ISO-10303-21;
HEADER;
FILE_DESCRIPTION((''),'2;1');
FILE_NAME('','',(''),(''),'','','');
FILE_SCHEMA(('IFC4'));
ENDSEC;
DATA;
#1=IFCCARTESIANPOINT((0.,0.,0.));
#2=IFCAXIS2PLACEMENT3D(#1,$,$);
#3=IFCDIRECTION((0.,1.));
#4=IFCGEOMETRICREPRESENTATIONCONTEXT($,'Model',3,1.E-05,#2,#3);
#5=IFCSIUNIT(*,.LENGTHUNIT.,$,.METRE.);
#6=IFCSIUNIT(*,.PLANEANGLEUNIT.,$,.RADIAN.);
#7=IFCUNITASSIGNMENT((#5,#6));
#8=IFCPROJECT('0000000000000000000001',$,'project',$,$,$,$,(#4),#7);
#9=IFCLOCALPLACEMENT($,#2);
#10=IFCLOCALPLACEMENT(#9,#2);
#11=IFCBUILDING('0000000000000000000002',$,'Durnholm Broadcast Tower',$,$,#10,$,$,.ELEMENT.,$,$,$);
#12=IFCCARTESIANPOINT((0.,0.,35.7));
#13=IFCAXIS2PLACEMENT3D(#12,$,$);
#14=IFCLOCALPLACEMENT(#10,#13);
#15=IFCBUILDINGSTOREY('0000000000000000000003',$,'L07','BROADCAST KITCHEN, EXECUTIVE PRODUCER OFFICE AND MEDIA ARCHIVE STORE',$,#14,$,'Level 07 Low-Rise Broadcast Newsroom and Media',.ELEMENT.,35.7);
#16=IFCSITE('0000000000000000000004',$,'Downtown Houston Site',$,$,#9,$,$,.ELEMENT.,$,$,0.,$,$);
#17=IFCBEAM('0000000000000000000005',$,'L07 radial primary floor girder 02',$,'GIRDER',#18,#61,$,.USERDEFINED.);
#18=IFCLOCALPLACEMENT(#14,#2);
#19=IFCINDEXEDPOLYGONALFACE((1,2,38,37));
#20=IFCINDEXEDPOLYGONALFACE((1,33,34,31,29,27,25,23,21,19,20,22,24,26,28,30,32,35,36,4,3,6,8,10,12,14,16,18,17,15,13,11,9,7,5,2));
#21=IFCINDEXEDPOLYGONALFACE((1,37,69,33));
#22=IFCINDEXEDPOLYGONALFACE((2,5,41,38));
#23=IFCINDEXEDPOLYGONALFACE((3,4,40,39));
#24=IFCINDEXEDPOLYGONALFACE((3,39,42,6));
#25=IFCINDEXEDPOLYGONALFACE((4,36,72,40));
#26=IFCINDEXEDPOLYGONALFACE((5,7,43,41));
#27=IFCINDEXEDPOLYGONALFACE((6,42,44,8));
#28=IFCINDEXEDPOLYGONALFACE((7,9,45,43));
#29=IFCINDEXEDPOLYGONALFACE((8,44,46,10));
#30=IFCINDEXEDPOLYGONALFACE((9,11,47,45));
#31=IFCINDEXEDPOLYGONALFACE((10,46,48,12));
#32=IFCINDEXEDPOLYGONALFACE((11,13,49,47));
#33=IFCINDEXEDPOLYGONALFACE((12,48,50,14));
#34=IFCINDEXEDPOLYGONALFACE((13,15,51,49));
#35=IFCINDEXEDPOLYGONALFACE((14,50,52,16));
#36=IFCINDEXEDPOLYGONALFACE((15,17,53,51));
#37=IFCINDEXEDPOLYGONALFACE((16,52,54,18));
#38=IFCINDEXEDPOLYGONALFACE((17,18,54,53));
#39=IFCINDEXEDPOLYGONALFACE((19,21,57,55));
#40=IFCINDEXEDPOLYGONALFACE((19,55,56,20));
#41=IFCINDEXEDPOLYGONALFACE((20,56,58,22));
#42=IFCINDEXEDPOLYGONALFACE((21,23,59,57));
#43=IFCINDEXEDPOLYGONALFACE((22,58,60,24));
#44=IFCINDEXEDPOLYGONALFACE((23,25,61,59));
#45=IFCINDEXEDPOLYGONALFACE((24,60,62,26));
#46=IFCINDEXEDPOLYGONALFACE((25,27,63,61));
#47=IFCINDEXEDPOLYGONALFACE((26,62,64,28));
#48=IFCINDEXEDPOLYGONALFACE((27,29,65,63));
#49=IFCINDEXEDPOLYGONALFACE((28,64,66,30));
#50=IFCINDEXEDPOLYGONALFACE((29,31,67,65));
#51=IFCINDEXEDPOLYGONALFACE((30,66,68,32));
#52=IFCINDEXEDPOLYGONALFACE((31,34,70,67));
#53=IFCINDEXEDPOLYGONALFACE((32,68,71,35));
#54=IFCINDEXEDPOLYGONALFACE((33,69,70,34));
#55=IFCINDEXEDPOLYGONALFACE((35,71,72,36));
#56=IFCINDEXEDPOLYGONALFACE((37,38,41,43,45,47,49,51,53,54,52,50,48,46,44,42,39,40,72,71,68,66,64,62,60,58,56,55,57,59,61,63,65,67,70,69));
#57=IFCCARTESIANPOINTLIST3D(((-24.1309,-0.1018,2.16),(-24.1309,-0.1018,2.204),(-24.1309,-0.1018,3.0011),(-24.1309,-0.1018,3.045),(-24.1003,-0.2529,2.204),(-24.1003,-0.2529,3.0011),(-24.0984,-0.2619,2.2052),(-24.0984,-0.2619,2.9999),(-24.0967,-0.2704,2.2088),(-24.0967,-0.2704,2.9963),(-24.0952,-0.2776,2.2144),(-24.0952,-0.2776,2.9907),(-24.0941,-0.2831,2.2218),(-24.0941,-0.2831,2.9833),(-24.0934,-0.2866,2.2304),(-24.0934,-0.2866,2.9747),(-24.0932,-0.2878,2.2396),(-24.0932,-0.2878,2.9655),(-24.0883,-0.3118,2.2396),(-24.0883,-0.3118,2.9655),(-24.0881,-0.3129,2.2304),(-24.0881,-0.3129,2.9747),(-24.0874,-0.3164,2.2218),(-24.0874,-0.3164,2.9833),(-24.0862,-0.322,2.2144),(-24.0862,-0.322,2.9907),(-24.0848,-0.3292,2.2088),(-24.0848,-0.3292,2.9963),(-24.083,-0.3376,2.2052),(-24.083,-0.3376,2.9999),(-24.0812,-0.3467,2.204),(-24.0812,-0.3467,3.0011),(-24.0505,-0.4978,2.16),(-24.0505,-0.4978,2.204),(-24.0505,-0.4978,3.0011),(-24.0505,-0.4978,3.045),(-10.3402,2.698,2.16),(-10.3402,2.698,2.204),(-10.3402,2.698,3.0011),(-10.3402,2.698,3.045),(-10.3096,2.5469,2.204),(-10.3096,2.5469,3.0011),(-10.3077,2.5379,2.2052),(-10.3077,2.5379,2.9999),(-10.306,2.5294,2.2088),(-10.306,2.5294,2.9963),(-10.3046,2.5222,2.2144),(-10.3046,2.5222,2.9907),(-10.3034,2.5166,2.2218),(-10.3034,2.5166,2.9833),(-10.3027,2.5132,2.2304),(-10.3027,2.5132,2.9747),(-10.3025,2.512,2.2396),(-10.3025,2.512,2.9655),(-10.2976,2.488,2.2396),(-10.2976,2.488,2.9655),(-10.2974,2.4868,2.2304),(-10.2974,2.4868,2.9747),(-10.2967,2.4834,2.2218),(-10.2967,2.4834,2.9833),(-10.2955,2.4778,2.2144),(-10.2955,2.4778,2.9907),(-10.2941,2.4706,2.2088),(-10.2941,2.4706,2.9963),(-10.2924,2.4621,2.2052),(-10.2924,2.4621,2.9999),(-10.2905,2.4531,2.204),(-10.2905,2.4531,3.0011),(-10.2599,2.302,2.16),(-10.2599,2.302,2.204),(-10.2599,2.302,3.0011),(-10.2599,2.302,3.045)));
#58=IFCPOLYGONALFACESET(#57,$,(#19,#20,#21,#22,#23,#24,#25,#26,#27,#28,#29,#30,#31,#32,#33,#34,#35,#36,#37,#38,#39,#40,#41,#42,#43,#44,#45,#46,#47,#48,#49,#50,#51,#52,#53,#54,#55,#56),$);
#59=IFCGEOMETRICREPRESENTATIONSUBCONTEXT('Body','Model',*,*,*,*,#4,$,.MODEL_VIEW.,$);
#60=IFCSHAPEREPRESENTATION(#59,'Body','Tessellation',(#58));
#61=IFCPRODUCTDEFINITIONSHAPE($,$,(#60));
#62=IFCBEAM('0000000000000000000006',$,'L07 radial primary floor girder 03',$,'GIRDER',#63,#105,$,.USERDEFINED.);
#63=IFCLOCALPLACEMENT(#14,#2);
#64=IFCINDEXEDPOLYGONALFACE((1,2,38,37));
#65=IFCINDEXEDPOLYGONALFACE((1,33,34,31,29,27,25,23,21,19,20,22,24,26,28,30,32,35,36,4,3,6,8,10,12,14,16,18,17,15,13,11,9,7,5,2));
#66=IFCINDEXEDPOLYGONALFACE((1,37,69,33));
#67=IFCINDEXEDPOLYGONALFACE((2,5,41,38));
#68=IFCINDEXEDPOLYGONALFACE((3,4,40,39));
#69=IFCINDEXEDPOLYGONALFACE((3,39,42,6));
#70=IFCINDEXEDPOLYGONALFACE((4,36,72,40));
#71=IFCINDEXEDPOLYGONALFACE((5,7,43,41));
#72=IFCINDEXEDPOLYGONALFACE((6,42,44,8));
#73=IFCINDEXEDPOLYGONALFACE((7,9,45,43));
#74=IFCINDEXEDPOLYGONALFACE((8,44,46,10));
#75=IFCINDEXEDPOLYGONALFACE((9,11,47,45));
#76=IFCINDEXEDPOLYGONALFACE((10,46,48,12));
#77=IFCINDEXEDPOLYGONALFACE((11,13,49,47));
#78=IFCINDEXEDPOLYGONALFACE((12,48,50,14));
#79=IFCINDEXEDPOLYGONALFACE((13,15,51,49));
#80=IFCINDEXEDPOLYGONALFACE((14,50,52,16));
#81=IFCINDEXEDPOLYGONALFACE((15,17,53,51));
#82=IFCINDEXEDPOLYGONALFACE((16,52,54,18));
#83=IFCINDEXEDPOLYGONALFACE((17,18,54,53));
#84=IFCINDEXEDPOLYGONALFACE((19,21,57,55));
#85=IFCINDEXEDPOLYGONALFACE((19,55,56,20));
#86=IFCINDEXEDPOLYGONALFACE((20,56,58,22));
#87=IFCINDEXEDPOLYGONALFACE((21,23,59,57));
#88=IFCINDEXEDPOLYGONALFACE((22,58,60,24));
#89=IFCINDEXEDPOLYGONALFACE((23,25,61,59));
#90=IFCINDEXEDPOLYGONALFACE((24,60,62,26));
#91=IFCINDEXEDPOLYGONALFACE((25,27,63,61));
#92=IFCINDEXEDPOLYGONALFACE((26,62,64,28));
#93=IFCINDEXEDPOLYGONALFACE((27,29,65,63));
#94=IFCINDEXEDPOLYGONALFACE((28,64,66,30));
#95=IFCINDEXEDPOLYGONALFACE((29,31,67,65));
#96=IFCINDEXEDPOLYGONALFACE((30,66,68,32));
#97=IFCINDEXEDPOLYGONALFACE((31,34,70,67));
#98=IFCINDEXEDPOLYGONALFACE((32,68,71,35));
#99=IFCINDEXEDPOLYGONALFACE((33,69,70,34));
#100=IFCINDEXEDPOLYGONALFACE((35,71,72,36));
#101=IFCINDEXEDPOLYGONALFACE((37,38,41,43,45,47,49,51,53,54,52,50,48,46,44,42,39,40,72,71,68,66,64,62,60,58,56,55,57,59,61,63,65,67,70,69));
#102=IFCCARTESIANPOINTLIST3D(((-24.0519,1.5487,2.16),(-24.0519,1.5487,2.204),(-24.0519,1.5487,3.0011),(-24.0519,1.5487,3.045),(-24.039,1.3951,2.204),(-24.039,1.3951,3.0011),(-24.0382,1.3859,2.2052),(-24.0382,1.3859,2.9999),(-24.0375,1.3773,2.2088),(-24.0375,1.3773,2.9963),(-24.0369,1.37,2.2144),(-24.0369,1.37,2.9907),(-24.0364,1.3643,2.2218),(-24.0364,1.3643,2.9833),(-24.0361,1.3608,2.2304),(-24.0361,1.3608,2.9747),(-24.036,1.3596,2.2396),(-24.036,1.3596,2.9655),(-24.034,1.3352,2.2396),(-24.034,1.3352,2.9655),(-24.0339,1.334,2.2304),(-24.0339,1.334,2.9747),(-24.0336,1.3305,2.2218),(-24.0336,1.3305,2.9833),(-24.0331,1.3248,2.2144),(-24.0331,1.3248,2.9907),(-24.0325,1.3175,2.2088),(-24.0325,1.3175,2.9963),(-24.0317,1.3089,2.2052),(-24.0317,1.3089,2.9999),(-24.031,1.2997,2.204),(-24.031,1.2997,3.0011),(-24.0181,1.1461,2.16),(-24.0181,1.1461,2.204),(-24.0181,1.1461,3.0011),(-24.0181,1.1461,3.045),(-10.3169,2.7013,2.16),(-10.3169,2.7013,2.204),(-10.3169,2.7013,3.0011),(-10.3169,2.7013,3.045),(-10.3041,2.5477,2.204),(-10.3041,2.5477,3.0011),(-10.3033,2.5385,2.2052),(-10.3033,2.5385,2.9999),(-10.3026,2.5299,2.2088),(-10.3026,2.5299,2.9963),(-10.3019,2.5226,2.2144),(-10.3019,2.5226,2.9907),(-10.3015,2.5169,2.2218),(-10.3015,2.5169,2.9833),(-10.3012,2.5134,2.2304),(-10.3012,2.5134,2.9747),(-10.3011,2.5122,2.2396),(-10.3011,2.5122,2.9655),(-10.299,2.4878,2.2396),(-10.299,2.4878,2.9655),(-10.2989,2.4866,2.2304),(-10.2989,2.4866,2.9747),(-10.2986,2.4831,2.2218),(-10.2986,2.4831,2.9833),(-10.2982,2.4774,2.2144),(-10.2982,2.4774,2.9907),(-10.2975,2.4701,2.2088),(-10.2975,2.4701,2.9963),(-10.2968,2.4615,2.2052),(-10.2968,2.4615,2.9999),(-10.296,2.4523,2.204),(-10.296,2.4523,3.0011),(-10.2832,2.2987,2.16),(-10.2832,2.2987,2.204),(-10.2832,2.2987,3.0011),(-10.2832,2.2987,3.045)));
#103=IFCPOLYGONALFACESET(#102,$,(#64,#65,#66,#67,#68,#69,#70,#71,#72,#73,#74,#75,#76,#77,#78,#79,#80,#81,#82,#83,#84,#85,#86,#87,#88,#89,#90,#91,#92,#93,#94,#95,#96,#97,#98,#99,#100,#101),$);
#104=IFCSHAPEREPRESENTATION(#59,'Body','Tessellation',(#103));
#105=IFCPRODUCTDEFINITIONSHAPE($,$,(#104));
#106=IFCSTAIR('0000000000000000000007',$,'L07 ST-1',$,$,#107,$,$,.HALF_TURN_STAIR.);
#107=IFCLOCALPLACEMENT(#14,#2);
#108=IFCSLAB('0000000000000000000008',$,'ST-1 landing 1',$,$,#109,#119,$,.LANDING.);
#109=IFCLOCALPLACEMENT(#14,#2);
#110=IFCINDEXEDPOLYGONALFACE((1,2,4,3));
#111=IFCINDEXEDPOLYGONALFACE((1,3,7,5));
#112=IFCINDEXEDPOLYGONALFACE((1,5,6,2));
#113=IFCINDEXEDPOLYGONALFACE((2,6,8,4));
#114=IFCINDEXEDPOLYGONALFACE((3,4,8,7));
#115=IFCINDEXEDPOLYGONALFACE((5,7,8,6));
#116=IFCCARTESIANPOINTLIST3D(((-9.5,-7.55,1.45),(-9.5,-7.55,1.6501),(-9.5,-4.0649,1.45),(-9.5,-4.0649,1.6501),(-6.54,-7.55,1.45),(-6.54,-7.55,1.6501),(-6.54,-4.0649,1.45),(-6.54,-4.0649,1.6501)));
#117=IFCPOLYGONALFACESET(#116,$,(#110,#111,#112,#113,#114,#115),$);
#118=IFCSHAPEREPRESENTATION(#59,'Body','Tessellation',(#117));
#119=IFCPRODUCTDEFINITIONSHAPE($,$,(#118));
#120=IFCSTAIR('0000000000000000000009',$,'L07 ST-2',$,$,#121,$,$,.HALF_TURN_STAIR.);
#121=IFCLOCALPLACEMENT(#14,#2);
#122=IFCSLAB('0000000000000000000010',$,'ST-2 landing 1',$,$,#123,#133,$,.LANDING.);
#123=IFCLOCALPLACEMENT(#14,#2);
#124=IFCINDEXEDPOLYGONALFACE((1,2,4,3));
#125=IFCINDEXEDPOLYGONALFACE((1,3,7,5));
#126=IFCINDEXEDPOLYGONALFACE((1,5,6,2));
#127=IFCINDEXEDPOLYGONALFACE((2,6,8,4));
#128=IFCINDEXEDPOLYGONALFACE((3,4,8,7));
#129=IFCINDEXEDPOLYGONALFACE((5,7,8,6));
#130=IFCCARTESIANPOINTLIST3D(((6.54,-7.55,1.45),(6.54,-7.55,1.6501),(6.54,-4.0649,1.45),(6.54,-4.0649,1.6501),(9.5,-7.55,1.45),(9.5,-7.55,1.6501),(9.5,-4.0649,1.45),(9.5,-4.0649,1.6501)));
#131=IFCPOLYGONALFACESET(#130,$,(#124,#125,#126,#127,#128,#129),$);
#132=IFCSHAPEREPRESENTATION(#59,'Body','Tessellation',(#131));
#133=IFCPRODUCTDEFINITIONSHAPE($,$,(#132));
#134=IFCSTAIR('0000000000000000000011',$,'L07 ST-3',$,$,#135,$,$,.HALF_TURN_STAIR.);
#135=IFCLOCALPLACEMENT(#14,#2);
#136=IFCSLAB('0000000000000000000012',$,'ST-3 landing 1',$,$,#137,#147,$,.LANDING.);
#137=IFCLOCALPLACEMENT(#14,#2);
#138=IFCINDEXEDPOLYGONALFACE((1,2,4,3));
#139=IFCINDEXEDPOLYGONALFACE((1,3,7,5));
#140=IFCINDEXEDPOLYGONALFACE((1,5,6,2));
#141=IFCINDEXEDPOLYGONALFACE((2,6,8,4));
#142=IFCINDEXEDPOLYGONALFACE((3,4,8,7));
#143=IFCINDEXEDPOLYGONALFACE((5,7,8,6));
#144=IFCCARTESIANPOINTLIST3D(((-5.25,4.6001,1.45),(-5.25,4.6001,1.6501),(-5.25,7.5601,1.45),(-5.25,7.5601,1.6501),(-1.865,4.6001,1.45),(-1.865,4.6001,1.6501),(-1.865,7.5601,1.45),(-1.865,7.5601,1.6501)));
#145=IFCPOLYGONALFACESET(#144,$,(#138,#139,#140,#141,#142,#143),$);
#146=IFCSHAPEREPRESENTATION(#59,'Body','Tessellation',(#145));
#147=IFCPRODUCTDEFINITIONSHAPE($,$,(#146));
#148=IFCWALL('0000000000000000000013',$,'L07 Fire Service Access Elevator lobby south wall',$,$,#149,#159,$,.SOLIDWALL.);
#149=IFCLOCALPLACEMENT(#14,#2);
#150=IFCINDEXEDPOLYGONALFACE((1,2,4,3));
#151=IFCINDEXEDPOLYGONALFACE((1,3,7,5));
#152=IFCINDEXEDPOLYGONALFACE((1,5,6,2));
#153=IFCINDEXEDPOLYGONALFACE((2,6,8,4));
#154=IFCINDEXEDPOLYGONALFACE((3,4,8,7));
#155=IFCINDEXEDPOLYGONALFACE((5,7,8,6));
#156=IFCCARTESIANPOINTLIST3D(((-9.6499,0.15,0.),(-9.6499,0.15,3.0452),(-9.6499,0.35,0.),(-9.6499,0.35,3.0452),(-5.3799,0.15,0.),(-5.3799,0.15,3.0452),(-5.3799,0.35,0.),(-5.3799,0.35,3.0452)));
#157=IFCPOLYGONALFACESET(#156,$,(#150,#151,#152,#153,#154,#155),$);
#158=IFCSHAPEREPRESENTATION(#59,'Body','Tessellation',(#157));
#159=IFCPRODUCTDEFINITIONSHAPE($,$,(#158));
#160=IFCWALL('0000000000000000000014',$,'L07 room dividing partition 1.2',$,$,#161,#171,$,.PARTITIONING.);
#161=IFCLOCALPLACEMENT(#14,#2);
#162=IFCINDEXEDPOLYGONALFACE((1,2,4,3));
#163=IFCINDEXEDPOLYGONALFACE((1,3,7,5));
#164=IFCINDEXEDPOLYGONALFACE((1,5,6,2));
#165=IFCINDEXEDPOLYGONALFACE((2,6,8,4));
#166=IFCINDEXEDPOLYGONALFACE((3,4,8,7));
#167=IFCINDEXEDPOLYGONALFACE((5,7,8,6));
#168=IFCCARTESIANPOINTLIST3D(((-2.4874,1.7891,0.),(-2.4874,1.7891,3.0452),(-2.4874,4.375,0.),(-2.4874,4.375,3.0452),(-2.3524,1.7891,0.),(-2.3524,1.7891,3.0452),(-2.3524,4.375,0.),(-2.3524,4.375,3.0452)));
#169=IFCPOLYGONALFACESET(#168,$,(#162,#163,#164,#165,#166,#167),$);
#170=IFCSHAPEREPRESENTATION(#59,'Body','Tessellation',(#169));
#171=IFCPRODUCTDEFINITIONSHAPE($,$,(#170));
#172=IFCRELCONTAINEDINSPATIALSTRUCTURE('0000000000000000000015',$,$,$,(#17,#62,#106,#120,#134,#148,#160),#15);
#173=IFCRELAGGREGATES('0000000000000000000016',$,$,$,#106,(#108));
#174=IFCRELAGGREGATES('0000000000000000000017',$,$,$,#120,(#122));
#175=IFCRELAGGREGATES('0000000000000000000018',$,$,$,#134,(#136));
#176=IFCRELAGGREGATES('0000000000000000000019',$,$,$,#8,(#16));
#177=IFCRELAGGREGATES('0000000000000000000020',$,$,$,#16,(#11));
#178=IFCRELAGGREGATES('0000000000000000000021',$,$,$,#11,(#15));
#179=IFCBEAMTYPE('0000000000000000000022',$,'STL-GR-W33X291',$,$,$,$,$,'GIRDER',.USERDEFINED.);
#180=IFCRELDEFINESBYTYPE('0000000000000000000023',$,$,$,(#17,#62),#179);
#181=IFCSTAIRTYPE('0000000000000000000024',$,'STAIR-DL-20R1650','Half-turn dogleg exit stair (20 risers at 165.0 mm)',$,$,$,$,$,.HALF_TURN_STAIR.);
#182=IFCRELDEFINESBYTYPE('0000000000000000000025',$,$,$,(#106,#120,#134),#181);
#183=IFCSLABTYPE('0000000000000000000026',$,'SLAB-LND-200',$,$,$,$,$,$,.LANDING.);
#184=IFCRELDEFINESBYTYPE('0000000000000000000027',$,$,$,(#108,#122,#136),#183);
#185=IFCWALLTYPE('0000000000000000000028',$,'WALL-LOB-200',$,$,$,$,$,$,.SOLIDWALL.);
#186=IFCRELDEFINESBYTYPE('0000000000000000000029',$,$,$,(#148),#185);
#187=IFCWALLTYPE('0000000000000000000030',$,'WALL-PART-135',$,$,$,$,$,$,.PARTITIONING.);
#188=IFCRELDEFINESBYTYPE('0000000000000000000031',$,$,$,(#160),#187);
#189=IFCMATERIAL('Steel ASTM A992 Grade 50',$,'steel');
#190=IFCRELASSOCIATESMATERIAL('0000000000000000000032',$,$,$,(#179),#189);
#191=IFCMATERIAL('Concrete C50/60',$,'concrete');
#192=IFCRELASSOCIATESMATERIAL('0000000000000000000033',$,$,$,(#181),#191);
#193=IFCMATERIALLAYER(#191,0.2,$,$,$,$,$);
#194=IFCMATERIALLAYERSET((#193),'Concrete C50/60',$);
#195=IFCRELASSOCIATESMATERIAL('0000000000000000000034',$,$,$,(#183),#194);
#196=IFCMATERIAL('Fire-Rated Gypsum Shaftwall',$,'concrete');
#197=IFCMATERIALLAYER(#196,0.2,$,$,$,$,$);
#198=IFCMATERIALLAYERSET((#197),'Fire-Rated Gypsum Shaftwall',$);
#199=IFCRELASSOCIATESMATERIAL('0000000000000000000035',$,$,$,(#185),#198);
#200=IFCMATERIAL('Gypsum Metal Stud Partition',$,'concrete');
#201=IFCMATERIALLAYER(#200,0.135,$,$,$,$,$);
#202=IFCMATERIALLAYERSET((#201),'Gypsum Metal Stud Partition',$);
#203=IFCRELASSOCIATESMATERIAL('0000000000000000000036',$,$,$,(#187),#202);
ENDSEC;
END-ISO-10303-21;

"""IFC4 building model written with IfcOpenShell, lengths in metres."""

from ifc_helpers import new_model, si_unit, direction, frame, frame_2d, origin, origin_2d, place, context, subcontext, project, spatial, polyline, rectangle, i_section, outline, extrude, source, transform, mapped, material, layer, layer_set, material_profile, profile_set, type_object, type_shapes, element, aggregate, save


model = new_model("IFC4")

# Units and contexts
model_context = context("Model", 3, precision=1e-05, world=origin(), true_north=direction((0.0, 1.0)))
body_context = subcontext(model_context, "Body", "Model", "MODEL_VIEW")
ifc_project = project(units=[si_unit("LENGTHUNIT", "METRE"), si_unit("PLANEANGLEUNIT", "RADIAN")], contexts=[model_context])

# Site, building, storey
site_placement = place(None, origin())
site = spatial("IfcSite", under=ifc_project, at=site_placement, Name="Downtown Houston Site", CompositionType="ELEMENT", RefElevation=0.0)
building_placement = place(site_placement, origin())
building = spatial("IfcBuilding", under=site, at=building_placement, Name="Durnholm Broadcast Tower", CompositionType="ELEMENT")
storey_placement = place(building_placement, frame((0.0, 0.0, 35.7)))
storey = spatial("IfcBuildingStorey", under=building, at=storey_placement, Name="L07", Description="BROADCAST KITCHEN, EXECUTIVE PRODUCER OFFICE AND MEDIA ARCHIVE STORE", LongName="Level 07 Low-Rise Broadcast Newsroom and Media", CompositionType="ELEMENT", Elevation=35.7)

# Beams
ifc_material_1 = material(Name="Steel ASTM A992 Grade 50", Category="steel")
ifc_material_profile = material_profile(ifc_material_1, i_section(OverallWidth=0.4041, OverallDepth=0.885, WebThickness=0.0244, FlangeThickness=0.0439, FilletRadius=0.0356, at=origin_2d()), Name="W33X291")
ifc_profile_set = profile_set([ifc_material_profile], Name="Steel ASTM A992 Grade 50")
beam_type = type_object("IfcBeamType", Name="STL-GR-W33X291", ElementType="GIRDER", PredefinedType="USERDEFINED", material=ifc_profile_set)
shared_shape_1 = source(origin(), body_context, "Body", "SweptSolid", [
    extrude(i_section(OverallWidth=0.4041, OverallDepth=0.885, WebThickness=0.0244, FlangeThickness=0.0439, FilletRadius=0.0356, at=origin_2d()), origin(), (0.0, 0.0, 1.0), 14.072),
])
beam_1_placement = place(storey_placement, frame((-10.3, 2.5, 2.6025), z_axis=(-0.980007, -0.198961, 0.0), x_axis=(0.198961, -0.980007, 0.0)))
element("IfcBeam", 1, at=beam_1_placement, inside=storey, type_object=beam_type, Name="L07 radial primary floor girder 02", ObjectType="GIRDER", PredefinedType="USERDEFINED", context=body_context, shape_type="MappedRepresentation", body=[
    mapped(shared_shape_1, transform((0.0, 0.0, 0.0), x_axis=(1.0, 0.0, 0.0), y_axis=(0.0, 1.0, 0.0), z_axis=(0.0, 0.0, 1.0), scale=1.0)),
])
shared_shape_2 = source(origin(), body_context, "Body", "SweptSolid", [
    extrude(i_section(OverallWidth=0.4041, OverallDepth=0.885, WebThickness=0.0244, FlangeThickness=0.0439, FilletRadius=0.0356, at=origin_2d()), origin(), (0.0, 0.0, 1.0), 13.7832),
])
type_shapes(beam_type, [shared_shape_1, shared_shape_2])
beam_2_placement = place(storey_placement, frame((-10.3, 2.5, 2.6025), z_axis=(-0.996497, -0.083623, 0.0), x_axis=(0.083623, -0.996497, 0.0)))
element("IfcBeam", 2, at=beam_2_placement, inside=storey, type_object=beam_type, Name="L07 radial primary floor girder 03", ObjectType="GIRDER", PredefinedType="USERDEFINED", context=body_context, shape_type="MappedRepresentation", body=[
    mapped(shared_shape_2, transform((0.0, 0.0, 0.0), x_axis=(1.0, 0.0, 0.0), y_axis=(0.0, 1.0, 0.0), z_axis=(0.0, 0.0, 1.0), scale=1.0)),
])

# Stairs, slabs
ifc_material_2 = material(Name="Concrete C50/60", Category="concrete")
stair_type = type_object("IfcStairType", Name="STAIR-DL-20R1650", Description="Half-turn dogleg exit stair (20 risers at 165.0 mm)", PredefinedType="HALF_TURN_STAIR", material=ifc_material_2)
stair_1_placement = place(storey_placement, origin())
stair_1 = element("IfcStair", 3, at=stair_1_placement, inside=storey, type_object=stair_type, Name="L07 ST-1", PredefinedType="HALF_TURN_STAIR")
ifc_layer_1 = layer(ifc_material_2, 0.2)
ifc_layer_set_1 = layer_set([ifc_layer_1], Name="Concrete C50/60")
slab_type = type_object("IfcSlabType", Name="SLAB-LND-200", PredefinedType="LANDING", material=ifc_layer_set_1)
slab_1_placement = place(storey_placement, frame((0.0, 0.0, 1.45)))
slab_1 = element("IfcSlab", 4, at=slab_1_placement, type_object=slab_type, Name="ST-1 landing 1", PredefinedType="LANDING", context=body_context, shape_type="SweptSolid", body=[
    extrude(outline(polyline([(-9.5, -4.0649), (-9.5, -7.55), (-6.54, -7.55), (-6.54, -4.0649), (-9.5, -4.0649)])), origin(), (0.0, 0.0, 1.0), 0.2002),
])
aggregate(stair_1, [slab_1])
stair_2_placement = place(storey_placement, origin())
stair_2 = element("IfcStair", 5, at=stair_2_placement, inside=storey, type_object=stair_type, Name="L07 ST-2", PredefinedType="HALF_TURN_STAIR")
slab_2_placement = place(storey_placement, frame((0.0, 0.0, 1.45)))
slab_2 = element("IfcSlab", 6, at=slab_2_placement, type_object=slab_type, Name="ST-2 landing 1", PredefinedType="LANDING", context=body_context, shape_type="SweptSolid", body=[
    extrude(outline(polyline([(6.54, -4.0649), (6.54, -7.55), (9.5, -7.55), (9.5, -4.0649), (6.54, -4.0649)])), origin(), (0.0, 0.0, 1.0), 0.2002),
])
aggregate(stair_2, [slab_2])
stair_3_placement = place(storey_placement, origin())
stair_3 = element("IfcStair", 7, at=stair_3_placement, inside=storey, type_object=stair_type, Name="L07 ST-3", PredefinedType="HALF_TURN_STAIR")
slab_3_placement = place(storey_placement, frame((0.0, 0.0, 1.45)))
slab_3 = element("IfcSlab", 8, at=slab_3_placement, type_object=slab_type, Name="ST-3 landing 1", PredefinedType="LANDING", context=body_context, shape_type="SweptSolid", body=[
    extrude(outline(polyline([(-1.865, 7.5601), (-5.25, 7.5601), (-5.25, 4.6001), (-1.865, 4.6001), (-1.865, 7.5601)])), origin(), (0.0, 0.0, 1.0), 0.2002),
])

# Wall
ifc_material_3 = material(Name="Fire-Rated Gypsum Shaftwall", Category="concrete")
ifc_layer_2 = layer(ifc_material_3, 0.2)
ifc_layer_set_2 = layer_set([ifc_layer_2], Name="Fire-Rated Gypsum Shaftwall")
wall_type_1 = type_object("IfcWallType", Name="WALL-LOB-200", PredefinedType="SOLIDWALL", material=ifc_layer_set_2)
wall_1_placement = place(storey_placement, frame((-9.6499, 0.25, 0.0), z_axis=(0.0, 0.0, 1.0), x_axis=(1.0, 0.0, 0.0)))
element("IfcWall", 9, at=wall_1_placement, inside=storey, type_object=wall_type_1, Name="L07 Fire Service Access Elevator lobby south wall", PredefinedType="SOLIDWALL", context=body_context, shape_type="SweptSolid", body=[
    extrude(rectangle(XDim=4.27, YDim=0.2, at=frame_2d((2.135, 0.0))), origin(), (0.0, 0.0, 1.0), 3.0452),
])

# Wall
ifc_material_4 = material(Name="Gypsum Metal Stud Partition", Category="concrete")
ifc_layer_3 = layer(ifc_material_4, 0.135)
ifc_layer_set_3 = layer_set([ifc_layer_3], Name="Gypsum Metal Stud Partition")
wall_type_2 = type_object("IfcWallType", Name="WALL-PART-135", PredefinedType="PARTITIONING", material=ifc_layer_set_3)
wall_2_placement = place(storey_placement, frame((-2.4199, 4.375, 0.0), z_axis=(0.0, 0.0, 1.0), x_axis=(0.0, -1.0, 0.0)))
element("IfcWall", 10, at=wall_2_placement, inside=storey, type_object=wall_type_2, Name="L07 room dividing partition 1.2", PredefinedType="PARTITIONING", context=body_context, shape_type="SweptSolid", body=[
    extrude(rectangle(XDim=2.5859, YDim=0.135, at=frame_2d((1.293, 0.0))), origin(), (0.0, 0.0, 1.0), 3.0452),
])

aggregate(stair_3, [slab_3])

save(model, "model.ifc")
